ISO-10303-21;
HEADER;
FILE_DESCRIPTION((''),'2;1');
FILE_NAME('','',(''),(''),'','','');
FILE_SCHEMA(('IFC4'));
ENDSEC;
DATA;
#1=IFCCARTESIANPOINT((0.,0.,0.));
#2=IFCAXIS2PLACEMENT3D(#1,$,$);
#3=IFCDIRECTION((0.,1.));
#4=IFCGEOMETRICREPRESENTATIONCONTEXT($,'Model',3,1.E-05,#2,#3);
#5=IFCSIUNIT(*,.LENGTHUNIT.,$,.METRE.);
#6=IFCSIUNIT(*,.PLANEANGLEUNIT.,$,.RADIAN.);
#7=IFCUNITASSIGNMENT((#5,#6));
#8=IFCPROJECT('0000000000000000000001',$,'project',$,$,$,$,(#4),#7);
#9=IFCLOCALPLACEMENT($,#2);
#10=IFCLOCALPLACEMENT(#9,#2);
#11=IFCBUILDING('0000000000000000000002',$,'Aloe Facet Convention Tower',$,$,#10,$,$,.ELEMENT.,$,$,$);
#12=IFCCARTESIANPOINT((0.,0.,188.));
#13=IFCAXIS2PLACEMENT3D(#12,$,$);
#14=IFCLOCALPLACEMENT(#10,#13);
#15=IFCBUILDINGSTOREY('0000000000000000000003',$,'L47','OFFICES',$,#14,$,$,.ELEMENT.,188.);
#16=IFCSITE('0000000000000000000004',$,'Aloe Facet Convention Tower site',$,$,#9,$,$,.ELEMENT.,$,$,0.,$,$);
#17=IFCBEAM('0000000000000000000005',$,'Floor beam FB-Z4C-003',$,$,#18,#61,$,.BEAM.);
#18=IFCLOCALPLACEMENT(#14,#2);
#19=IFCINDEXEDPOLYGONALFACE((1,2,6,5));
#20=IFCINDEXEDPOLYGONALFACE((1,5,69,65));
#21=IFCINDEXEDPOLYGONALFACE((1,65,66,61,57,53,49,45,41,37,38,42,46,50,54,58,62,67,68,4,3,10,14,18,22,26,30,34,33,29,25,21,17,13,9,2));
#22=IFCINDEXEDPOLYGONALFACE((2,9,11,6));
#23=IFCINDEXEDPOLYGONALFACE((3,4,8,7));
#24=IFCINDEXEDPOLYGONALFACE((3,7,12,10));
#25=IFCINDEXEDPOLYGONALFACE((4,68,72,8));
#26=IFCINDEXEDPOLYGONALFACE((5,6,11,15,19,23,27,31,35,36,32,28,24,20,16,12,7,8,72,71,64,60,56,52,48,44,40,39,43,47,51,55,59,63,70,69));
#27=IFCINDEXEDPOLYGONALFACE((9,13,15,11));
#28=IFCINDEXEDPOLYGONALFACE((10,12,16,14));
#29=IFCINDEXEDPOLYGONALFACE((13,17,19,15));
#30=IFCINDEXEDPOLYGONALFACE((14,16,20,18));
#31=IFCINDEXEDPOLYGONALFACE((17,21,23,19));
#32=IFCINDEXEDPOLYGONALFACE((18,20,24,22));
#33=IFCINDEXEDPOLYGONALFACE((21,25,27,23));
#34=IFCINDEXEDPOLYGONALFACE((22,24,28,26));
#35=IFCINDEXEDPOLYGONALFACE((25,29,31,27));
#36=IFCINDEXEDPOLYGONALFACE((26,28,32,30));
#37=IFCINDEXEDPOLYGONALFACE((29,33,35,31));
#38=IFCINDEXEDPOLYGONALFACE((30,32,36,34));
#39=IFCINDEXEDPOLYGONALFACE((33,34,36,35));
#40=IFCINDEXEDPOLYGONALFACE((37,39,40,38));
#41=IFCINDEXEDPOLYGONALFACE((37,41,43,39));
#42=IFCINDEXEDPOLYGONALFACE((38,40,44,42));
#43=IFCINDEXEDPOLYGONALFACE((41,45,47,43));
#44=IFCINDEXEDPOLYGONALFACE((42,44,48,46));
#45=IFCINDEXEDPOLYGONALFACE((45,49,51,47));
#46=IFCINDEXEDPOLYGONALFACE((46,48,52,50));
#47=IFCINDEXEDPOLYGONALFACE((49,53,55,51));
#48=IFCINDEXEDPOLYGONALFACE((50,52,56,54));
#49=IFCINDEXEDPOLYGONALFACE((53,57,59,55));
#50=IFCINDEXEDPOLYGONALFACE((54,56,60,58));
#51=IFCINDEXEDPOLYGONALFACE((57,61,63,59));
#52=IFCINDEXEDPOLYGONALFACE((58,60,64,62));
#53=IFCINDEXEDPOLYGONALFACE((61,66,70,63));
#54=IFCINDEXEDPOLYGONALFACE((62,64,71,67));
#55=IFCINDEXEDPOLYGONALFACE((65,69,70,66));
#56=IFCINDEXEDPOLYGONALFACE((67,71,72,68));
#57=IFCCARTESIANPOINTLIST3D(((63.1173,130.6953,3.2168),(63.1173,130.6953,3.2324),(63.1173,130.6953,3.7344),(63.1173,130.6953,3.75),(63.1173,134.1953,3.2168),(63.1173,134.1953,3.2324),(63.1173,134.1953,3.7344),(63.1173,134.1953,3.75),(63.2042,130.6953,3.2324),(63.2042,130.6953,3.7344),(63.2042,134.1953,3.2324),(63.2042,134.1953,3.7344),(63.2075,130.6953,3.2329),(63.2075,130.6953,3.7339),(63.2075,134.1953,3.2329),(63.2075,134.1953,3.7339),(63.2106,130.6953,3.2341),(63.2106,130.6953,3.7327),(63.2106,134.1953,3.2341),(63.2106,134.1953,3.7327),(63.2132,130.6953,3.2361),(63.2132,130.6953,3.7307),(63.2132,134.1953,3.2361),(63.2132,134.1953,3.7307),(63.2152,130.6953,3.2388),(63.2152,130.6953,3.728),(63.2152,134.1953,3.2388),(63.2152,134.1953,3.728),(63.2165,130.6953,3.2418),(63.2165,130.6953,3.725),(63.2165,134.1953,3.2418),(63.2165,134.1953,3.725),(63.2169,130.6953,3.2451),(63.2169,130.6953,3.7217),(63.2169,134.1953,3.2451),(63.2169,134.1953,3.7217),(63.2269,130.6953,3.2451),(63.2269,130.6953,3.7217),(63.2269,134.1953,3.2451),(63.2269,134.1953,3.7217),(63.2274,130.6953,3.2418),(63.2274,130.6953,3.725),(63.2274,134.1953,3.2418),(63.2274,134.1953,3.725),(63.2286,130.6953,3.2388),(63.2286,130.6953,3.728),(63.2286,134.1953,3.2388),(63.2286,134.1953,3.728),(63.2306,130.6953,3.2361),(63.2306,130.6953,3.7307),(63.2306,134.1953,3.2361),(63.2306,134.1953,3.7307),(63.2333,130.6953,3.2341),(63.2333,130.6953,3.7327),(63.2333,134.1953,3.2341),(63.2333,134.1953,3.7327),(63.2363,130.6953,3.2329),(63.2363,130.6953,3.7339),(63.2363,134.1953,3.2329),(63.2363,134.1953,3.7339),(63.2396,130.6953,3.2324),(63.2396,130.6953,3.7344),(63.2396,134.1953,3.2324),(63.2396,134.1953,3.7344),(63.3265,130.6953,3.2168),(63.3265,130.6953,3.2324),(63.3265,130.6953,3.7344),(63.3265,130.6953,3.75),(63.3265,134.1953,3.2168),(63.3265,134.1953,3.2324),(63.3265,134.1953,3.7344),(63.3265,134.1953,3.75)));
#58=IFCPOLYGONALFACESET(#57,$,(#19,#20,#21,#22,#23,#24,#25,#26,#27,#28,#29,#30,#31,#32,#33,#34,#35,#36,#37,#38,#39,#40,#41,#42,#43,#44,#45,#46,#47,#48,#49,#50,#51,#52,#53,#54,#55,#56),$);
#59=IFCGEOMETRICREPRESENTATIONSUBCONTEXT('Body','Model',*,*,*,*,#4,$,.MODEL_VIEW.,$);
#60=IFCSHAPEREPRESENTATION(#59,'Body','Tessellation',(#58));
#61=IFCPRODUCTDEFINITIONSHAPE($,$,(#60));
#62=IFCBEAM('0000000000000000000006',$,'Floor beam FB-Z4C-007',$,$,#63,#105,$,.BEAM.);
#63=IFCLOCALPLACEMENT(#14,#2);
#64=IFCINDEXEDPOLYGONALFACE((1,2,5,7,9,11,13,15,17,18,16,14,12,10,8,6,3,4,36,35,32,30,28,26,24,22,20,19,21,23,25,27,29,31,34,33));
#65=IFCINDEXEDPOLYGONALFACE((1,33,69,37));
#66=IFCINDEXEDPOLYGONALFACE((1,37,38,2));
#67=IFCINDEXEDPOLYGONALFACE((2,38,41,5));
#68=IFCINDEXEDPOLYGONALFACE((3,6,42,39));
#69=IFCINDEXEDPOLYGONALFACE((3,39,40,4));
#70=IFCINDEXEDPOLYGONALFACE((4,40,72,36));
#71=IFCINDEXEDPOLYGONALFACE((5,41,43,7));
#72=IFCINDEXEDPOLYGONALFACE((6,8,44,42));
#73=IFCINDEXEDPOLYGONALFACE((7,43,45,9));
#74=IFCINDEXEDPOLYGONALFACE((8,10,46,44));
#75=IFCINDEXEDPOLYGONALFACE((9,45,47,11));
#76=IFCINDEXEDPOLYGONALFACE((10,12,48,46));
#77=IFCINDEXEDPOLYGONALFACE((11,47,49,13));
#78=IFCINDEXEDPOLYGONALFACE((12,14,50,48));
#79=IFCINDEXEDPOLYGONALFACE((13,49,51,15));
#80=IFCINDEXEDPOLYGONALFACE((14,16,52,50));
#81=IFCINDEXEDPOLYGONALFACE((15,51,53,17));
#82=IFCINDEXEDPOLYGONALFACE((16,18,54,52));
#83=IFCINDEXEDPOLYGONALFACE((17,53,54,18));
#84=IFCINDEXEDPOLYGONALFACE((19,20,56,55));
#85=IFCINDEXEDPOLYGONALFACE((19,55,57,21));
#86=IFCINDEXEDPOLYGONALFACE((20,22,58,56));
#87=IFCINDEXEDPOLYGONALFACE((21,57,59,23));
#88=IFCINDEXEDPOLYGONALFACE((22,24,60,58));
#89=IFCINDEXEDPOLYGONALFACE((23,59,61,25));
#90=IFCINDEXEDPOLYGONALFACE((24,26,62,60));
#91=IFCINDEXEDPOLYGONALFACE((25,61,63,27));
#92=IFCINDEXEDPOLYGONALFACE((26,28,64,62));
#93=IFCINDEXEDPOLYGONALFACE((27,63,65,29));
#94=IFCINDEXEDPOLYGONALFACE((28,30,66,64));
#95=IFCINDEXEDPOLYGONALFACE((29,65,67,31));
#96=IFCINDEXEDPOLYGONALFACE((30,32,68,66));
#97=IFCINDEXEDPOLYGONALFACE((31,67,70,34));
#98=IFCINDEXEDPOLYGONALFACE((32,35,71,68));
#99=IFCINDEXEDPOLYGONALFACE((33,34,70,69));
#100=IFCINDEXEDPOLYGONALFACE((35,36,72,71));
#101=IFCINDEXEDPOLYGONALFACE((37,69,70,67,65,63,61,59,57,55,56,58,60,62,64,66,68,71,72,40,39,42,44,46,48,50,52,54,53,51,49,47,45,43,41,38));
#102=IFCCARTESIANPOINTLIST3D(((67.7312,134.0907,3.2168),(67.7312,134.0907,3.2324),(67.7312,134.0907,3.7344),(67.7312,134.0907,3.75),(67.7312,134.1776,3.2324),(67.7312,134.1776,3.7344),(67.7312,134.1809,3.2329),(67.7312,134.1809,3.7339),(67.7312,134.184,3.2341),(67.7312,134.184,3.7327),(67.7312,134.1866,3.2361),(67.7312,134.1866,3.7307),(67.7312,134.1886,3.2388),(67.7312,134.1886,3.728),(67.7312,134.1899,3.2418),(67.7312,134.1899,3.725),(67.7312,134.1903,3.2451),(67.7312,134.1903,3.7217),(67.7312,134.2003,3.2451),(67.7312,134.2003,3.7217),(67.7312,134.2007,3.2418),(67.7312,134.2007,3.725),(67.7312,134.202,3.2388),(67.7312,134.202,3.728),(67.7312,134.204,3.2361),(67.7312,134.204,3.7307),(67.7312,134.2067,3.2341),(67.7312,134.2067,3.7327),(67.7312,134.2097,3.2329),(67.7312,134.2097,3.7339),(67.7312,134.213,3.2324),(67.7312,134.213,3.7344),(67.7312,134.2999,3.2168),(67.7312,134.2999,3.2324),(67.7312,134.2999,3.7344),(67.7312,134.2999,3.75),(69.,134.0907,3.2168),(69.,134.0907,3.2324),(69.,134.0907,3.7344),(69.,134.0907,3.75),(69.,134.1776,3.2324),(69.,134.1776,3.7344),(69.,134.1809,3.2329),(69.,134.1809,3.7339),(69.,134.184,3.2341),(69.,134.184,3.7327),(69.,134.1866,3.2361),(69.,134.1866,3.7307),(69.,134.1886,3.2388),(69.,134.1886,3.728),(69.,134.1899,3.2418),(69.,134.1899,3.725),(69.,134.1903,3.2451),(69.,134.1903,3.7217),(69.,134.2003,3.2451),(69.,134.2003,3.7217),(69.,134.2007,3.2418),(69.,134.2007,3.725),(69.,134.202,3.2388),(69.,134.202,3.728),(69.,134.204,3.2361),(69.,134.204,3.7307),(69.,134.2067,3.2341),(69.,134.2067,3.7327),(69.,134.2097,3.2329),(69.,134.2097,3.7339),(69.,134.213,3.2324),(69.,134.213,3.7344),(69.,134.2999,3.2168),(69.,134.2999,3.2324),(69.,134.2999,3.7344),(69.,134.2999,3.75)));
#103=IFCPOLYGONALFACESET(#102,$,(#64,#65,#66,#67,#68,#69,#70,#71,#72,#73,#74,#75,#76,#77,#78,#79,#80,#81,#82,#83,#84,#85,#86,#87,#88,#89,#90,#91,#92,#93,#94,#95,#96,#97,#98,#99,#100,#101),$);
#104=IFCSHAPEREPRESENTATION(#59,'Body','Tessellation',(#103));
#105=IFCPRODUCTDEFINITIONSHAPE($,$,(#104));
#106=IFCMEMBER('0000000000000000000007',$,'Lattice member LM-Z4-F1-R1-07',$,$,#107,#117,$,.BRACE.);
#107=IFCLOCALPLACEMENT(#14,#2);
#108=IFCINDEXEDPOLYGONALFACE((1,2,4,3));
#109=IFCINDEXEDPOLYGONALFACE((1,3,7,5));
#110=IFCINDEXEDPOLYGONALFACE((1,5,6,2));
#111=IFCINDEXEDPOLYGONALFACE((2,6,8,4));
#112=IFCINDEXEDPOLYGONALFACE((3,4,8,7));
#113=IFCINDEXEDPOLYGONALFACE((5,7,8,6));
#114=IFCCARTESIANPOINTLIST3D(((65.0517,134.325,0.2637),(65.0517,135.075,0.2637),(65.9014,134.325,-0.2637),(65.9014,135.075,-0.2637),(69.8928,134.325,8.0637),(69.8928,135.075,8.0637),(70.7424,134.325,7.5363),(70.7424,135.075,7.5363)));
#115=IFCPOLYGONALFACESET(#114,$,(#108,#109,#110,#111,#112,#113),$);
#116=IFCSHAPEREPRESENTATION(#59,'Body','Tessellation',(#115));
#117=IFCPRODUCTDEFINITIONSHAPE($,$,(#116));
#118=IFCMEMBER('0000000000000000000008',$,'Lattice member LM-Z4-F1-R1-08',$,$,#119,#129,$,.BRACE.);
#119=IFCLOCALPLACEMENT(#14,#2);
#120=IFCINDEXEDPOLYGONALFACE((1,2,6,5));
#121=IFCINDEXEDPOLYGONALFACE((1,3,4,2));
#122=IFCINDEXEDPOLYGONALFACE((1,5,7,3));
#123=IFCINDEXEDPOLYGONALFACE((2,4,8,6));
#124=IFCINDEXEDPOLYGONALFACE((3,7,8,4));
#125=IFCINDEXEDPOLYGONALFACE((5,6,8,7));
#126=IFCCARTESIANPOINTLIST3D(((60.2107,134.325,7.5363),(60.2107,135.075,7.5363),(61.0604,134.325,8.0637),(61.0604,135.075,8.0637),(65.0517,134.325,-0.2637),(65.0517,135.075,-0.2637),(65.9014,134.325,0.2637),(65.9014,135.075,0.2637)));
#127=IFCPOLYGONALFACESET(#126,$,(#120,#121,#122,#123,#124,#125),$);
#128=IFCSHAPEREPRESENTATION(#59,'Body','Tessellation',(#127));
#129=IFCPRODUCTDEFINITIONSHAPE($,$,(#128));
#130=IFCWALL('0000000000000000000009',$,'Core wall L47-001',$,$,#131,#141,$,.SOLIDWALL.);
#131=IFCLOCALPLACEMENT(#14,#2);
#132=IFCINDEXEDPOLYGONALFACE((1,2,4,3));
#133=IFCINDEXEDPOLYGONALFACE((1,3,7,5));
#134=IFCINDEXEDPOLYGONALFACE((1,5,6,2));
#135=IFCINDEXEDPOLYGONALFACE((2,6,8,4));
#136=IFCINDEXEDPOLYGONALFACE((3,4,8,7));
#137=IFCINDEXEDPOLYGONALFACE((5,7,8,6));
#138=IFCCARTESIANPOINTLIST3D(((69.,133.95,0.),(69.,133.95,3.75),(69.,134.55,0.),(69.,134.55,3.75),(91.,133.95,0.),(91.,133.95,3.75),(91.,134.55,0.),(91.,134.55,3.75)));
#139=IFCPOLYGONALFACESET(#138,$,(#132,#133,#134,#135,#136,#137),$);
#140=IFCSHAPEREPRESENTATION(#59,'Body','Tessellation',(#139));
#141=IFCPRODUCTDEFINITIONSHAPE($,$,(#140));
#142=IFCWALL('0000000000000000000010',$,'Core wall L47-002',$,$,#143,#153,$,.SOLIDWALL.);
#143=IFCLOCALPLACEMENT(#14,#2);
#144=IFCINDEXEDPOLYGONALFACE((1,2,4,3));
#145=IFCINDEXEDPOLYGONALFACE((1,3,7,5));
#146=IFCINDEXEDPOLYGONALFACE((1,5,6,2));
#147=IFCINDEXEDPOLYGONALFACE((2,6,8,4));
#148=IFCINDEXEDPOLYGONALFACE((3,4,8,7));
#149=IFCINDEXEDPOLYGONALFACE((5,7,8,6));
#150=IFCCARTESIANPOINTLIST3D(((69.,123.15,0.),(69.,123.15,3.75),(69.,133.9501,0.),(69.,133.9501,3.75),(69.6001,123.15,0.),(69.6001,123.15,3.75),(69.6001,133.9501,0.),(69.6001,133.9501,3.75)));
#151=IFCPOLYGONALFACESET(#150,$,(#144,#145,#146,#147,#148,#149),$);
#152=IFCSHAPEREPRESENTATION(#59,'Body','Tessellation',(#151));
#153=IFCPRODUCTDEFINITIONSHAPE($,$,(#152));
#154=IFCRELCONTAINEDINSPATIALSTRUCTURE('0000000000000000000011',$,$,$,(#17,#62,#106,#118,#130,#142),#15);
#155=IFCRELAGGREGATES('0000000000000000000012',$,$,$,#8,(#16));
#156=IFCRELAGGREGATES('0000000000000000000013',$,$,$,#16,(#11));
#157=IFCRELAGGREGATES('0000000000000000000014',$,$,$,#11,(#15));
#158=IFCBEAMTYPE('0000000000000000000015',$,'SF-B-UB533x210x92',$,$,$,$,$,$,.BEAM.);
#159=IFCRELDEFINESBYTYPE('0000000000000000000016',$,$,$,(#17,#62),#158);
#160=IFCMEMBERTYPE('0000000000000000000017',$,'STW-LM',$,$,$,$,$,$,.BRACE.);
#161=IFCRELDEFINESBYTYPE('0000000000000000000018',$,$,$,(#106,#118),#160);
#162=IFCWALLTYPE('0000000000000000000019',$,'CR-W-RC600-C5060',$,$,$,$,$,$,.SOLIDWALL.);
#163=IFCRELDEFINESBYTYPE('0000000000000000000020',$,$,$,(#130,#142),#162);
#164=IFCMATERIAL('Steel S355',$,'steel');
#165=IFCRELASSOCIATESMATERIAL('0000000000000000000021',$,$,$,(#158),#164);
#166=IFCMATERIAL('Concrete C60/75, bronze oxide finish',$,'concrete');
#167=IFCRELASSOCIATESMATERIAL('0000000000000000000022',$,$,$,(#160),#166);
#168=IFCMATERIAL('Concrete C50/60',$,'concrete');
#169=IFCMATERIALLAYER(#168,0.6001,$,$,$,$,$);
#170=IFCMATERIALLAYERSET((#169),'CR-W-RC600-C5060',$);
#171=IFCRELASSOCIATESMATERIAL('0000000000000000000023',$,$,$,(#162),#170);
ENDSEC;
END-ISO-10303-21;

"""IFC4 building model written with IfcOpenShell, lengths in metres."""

from ifc_helpers import new_model, si_unit, direction, frame, frame_2d, origin, origin_2d, place, context, subcontext, project, spatial, rectangle, i_section, extrude, material, layer, layer_set, material_profile, profile_set, type_object, element, save


model = new_model("IFC4")

# Units and contexts
model_context = context("Model", 3, precision=1e-05, world=origin(), true_north=direction((0.0, 1.0)))
body_context = subcontext(model_context, "Body", "Model", "MODEL_VIEW")
ifc_project = project(units=[si_unit("LENGTHUNIT", "METRE"), si_unit("PLANEANGLEUNIT", "RADIAN")], contexts=[model_context])

# Site, building, storey
site_placement = place(None, origin())
site = spatial("IfcSite", under=ifc_project, at=site_placement, Name="Aloe Facet Convention Tower site", CompositionType="ELEMENT", RefElevation=0.0)
building_placement = place(site_placement, origin())
building = spatial("IfcBuilding", under=site, at=building_placement, Name="Aloe Facet Convention Tower", CompositionType="ELEMENT")
storey_placement = place(building_placement, frame((0.0, 0.0, 188.0)))
storey = spatial("IfcBuildingStorey", under=building, at=storey_placement, Name="L47", Description="OFFICES", CompositionType="ELEMENT", Elevation=188.0)

# Beams
ifc_material_1 = material(Name="Steel S355", Category="steel")
ifc_material_profile_1 = material_profile(ifc_material_1, i_section(OverallWidth=0.2092, OverallDepth=0.5332, WebThickness=0.01, FlangeThickness=0.0156, FilletRadius=0.0127, at=origin_2d()), Name="UB 533x210x92")
ifc_profile_set_1 = profile_set([ifc_material_profile_1], Name="Steel S355")
beam_type_1 = type_object("IfcBeamType", Name="SF-B-UB533x210x92", PredefinedType="BEAM", material=ifc_profile_set_1)
beam_1_placement = place(storey_placement, frame((63.2219, 134.1953, 3.4834), z_axis=(0.0, -1.0, 0.0), x_axis=(1.0, 0.0, 0.0)))
element("IfcBeam", 1, at=beam_1_placement, inside=storey, type_object=beam_type_1, Name="Floor beam FB-Z4C-003", PredefinedType="BEAM", context=body_context, shape_type="SweptSolid", body=[
    extrude(i_section(OverallWidth=0.2092, OverallDepth=0.5332, WebThickness=0.01, FlangeThickness=0.0156, FilletRadius=0.0127, at=origin_2d()), origin(), (0.0, 0.0, 1.0), 3.5),
])
beam_2_placement = place(storey_placement, frame((67.7312, 134.1953, 3.4834), z_axis=(1.0, 0.0, 0.0), x_axis=(0.0, 1.0, 0.0)))
element("IfcBeam", 2, at=beam_2_placement, inside=storey, type_object=beam_type_1, Name="Floor beam FB-Z4C-007", PredefinedType="BEAM", context=body_context, shape_type="SweptSolid", body=[
    extrude(i_section(OverallWidth=0.2092, OverallDepth=0.5332, WebThickness=0.01, FlangeThickness=0.0156, FilletRadius=0.0127, at=origin_2d()), origin(), (0.0, 0.0, 1.0), 1.2688),
])

# Members
ifc_material_2 = material(Name="Concrete C60/75, bronze oxide finish", Category="concrete")
ifc_material_profile_2 = material_profile(ifc_material_2, rectangle(XDim=0.75, YDim=1.0, at=origin_2d()), Name="STW-LM")
ifc_profile_set_2 = profile_set([ifc_material_profile_2], Name="Concrete C60/75, bronze oxide finish")
member_type = type_object("IfcMemberType", Name="STW-LM", PredefinedType="BRACE", material=ifc_profile_set_2)
for number, where, z_axis, x_axis, name in (
    (3, (65.4766, 134.7, 0.0), (0.527336, 0.0, 0.849657), (0.0, 1.0, 0.0), "Lattice member LM-Z4-F1-R1-07"),
    (4, (65.4766, 134.7, 0.0), (-0.527336, 0.0, 0.849657), (0.0, -1.0, 0.0), "Lattice member LM-Z4-F1-R1-08"),
):
    element("IfcMember", number, at=place(storey_placement, frame(where, z_axis=z_axis, x_axis=x_axis)), inside=storey, type_object=member_type, Name=name, PredefinedType="BRACE", context=body_context, shape_type="SweptSolid", body=[
        extrude(rectangle(XDim=0.75, YDim=1.0, at=origin_2d()), origin(), (0.0, 0.0, 1.0), 9.1802),
    ])

# Walls
ifc_material_3 = material(Name="Concrete C50/60", Category="concrete")
ifc_layer_1 = layer(ifc_material_3, 0.6001)
ifc_layer_set_1 = layer_set([ifc_layer_1], Name="CR-W-RC600-C5060")
wall_type_1 = type_object("IfcWallType", Name="CR-W-RC600-C5060", PredefinedType="SOLIDWALL", material=ifc_layer_set_1)
wall_1_placement = place(storey_placement, frame((69.0, 134.25, 0.0), z_axis=(0.0, 0.0, 1.0), x_axis=(1.0, 0.0, 0.0)))
element("IfcWall", 5, at=wall_1_placement, inside=storey, type_object=wall_type_1, Name="Core wall L47-001", PredefinedType="SOLIDWALL", context=body_context, shape_type="SweptSolid", body=[
    extrude(rectangle(XDim=22.0, YDim=0.6001, at=frame_2d((11.0, 0.0))), origin(), (0.0, 0.0, 1.0), 3.75),
])
wall_2_placement = place(storey_placement, frame((69.3, 133.95, 0.0), z_axis=(0.0, 0.0, 1.0), x_axis=(0.0, -1.0, 0.0)))
element("IfcWall", 6, at=wall_2_placement, inside=storey, type_object=wall_type_1, Name="Core wall L47-002", PredefinedType="SOLIDWALL", context=body_context, shape_type="SweptSolid", body=[
    extrude(rectangle(XDim=10.8, YDim=0.6001, at=frame_2d((5.3999, 0.0))), origin(), (0.0, 0.0, 1.0), 3.75),
])

save(model, "model.ifc")
